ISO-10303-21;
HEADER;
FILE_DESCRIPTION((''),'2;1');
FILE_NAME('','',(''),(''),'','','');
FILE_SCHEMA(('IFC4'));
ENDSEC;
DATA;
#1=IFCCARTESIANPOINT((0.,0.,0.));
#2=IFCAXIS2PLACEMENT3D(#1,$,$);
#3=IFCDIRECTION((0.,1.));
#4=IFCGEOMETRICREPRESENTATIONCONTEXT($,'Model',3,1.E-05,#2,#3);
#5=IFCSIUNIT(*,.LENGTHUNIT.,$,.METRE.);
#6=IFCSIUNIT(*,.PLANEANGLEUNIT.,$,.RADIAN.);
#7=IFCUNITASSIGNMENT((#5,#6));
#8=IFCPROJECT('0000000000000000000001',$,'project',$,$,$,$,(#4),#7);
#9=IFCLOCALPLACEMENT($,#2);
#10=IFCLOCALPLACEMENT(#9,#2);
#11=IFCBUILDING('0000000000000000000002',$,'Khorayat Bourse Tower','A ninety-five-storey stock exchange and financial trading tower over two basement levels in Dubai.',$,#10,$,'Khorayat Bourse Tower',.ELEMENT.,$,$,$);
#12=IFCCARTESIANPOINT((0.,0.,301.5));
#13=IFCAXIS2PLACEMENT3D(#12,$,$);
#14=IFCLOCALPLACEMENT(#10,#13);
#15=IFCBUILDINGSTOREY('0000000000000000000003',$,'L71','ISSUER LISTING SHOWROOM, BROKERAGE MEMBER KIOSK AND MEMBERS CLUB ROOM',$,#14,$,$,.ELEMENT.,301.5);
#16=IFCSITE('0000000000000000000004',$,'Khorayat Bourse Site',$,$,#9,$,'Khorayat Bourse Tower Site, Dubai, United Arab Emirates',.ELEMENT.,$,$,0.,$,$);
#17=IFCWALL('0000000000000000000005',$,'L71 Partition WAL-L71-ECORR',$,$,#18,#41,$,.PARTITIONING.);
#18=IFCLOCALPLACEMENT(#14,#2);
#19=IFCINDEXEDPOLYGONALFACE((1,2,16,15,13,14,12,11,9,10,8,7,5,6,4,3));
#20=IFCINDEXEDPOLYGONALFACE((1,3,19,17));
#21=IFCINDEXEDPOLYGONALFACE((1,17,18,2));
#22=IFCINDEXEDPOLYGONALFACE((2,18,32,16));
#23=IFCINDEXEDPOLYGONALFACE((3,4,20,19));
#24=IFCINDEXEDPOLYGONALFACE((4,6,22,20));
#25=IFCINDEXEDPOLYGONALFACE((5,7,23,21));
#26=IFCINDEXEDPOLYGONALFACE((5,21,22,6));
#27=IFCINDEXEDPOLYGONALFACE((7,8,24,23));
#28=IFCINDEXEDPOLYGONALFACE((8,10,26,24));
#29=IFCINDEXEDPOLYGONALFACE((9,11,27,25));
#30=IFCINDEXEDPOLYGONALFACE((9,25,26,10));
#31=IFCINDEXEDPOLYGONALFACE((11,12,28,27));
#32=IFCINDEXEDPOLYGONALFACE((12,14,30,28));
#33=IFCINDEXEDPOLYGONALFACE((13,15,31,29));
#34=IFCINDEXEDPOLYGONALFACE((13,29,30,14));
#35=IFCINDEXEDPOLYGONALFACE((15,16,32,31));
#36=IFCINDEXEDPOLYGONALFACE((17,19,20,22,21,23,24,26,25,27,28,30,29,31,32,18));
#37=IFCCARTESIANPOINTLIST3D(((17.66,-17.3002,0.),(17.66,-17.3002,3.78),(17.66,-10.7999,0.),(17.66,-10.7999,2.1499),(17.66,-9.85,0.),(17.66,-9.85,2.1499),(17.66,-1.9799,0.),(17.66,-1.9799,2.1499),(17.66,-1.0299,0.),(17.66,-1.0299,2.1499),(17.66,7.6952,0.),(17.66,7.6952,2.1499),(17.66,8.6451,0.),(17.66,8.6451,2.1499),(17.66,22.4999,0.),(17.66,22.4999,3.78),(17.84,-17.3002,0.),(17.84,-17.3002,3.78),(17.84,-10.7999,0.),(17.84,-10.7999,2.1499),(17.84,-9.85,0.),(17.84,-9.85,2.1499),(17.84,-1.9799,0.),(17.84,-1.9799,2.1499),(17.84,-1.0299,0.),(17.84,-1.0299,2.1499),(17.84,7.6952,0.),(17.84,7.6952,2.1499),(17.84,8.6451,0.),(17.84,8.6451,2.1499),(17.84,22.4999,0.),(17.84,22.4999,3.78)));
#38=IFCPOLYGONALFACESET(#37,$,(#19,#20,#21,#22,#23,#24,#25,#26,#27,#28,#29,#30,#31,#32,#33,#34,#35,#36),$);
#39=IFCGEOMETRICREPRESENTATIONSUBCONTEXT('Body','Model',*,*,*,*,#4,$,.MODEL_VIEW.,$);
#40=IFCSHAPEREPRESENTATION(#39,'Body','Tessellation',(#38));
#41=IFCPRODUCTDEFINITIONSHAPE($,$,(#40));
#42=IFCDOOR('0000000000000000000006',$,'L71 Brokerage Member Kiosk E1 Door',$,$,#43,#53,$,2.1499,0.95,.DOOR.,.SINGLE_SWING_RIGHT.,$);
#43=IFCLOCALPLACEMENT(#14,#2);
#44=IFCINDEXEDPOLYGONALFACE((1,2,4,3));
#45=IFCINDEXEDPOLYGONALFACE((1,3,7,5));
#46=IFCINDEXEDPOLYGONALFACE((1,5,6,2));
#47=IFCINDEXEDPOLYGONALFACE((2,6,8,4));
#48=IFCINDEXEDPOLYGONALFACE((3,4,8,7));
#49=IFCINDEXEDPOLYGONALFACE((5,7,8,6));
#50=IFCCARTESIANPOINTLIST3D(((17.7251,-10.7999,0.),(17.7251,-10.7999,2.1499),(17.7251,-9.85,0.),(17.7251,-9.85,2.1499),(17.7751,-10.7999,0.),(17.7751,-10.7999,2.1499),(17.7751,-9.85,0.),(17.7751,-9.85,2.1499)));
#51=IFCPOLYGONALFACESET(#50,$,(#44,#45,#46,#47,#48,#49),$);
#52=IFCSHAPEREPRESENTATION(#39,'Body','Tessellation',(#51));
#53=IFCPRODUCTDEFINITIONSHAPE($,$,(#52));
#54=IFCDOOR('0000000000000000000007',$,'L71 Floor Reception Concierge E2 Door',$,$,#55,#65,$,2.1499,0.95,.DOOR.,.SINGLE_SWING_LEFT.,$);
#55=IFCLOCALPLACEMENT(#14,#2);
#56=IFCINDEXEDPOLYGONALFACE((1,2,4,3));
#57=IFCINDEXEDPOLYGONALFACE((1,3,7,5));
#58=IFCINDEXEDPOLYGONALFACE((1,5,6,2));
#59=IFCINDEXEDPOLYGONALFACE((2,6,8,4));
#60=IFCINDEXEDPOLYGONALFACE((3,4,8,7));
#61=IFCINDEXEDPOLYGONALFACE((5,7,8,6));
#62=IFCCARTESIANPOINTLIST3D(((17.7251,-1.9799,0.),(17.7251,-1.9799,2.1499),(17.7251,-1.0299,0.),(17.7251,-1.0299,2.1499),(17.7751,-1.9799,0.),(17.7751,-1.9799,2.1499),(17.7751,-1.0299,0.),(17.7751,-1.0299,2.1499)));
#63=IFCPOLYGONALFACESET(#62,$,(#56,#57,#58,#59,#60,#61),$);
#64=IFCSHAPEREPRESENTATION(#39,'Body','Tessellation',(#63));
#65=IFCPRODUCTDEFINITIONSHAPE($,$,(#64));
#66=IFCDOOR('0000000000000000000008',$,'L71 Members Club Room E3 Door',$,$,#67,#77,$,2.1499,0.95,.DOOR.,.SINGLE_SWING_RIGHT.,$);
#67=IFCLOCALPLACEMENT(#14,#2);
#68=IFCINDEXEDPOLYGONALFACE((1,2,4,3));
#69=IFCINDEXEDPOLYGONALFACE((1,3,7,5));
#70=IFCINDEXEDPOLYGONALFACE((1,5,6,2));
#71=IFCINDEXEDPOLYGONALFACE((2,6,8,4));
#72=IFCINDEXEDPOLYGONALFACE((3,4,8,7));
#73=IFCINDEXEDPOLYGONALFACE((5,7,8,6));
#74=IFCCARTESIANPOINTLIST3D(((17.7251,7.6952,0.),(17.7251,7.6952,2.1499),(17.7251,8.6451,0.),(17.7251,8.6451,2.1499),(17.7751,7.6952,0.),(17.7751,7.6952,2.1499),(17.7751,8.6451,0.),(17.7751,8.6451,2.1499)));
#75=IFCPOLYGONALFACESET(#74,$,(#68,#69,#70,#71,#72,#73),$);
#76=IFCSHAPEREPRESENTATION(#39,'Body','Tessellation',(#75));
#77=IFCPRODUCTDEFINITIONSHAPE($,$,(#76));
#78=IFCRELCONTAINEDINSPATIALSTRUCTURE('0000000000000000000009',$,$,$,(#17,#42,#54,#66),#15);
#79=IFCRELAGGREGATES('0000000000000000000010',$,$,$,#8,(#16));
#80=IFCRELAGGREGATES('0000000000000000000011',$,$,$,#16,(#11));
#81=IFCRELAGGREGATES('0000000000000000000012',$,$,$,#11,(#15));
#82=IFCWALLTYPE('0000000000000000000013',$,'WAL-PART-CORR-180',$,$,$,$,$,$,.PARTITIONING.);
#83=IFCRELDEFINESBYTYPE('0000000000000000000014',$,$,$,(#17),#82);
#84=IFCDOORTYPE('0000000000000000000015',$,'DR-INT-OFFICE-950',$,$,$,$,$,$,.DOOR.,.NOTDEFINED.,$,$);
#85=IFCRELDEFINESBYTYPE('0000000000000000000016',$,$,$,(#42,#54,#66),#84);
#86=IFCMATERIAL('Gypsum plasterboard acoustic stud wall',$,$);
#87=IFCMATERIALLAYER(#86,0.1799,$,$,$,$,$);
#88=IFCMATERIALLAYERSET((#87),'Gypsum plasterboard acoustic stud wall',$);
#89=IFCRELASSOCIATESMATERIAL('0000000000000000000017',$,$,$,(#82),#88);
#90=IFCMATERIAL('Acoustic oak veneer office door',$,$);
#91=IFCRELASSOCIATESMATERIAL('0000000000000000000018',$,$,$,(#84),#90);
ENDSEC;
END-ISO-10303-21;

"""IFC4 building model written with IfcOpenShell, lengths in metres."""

from ifc_helpers import new_model, si_unit, direction, frame, frame_2d, origin, place, context, subcontext, project, spatial, rectangle, extrude, source, transform, mapped, material, layer, layer_set, type_object, element, fill, save


model = new_model("IFC4")

# Units and contexts
model_context = context("Model", 3, precision=1e-05, world=origin(), true_north=direction((0.0, 1.0)))
body_context = subcontext(model_context, "Body", "Model", "MODEL_VIEW")
ifc_project = project(units=[si_unit("LENGTHUNIT", "METRE"), si_unit("PLANEANGLEUNIT", "RADIAN")], contexts=[model_context])

# Site, building, storey
site_placement = place(None, origin())
site = spatial("IfcSite", under=ifc_project, at=site_placement, Name="Khorayat Bourse Site", LongName="Khorayat Bourse Tower Site, Dubai, United Arab Emirates", CompositionType="ELEMENT", RefElevation=0.0)
building_placement = place(site_placement, origin())
building = spatial("IfcBuilding", under=site, at=building_placement, Name="Khorayat Bourse Tower", Description="A ninety-five-storey stock exchange and financial trading tower over two basement levels in Dubai.", LongName="Khorayat Bourse Tower", CompositionType="ELEMENT")
storey_placement = place(building_placement, frame((0.0, 0.0, 301.5)))
storey = spatial("IfcBuildingStorey", under=building, at=storey_placement, Name="L71", Description="ISSUER LISTING SHOWROOM, BROKERAGE MEMBER KIOSK AND MEMBERS CLUB ROOM", CompositionType="ELEMENT", Elevation=301.5)

# Shared definitions
ifc_material_1 = material(Name="Gypsum plasterboard acoustic stud wall")
ifc_layer_1 = layer(ifc_material_1, 0.1799)
ifc_layer_set_1 = layer_set([ifc_layer_1], Name="Gypsum plasterboard acoustic stud wall")
wall_type_1 = type_object("IfcWallType", Name="WAL-PART-CORR-180", PredefinedType="PARTITIONING", material=ifc_layer_set_1)

# Wall, openings, doors
shared_shape_1 = source(origin(), body_context, "Body", "SweptSolid", [
    extrude(rectangle(XDim=39.8, YDim=0.1799, at=frame_2d((19.8999, 0.0))), origin(), (0.0, 0.0, 1.0), 3.78),
])
wall_1_placement = place(storey_placement, frame((17.75, -17.3, 0.0), z_axis=(0.0, 0.0, 1.0), x_axis=(0.0, 1.0, 0.0)))
wall_1 = element("IfcWall", 1, at=wall_1_placement, inside=storey, type_object=wall_type_1, Name="L71 Partition WAL-L71-ECORR", PredefinedType="PARTITIONING", context=body_context, shape_type="MappedRepresentation", body=[
    mapped(shared_shape_1, transform((0.0, 0.0, 0.0), scale=1.0)),
])
shared_shape_2 = source(origin(), body_context, "Body", "SweptSolid", [
    extrude(rectangle(XDim=0.95, YDim=2.1499, at=frame_2d((0.4751, 1.075))), frame((0.0, 0.0999, 0.0), z_axis=(0.0, -1.0, 0.0), x_axis=(1.0, 0.0, 0.0)), (0.0, 0.0, 1.0), 0.2),
])
opening_1_placement = place(wall_1_placement, frame((6.5, 0.0, 0.0)))
opening_1 = element("IfcOpeningElement", 2, at=opening_1_placement, cuts=wall_1, PredefinedType="OPENING", context=body_context, shape_type="MappedRepresentation", body=[
    mapped(shared_shape_2, transform((0.0, 0.0, 0.0), scale=1.0)),
])
opening_2_placement = place(wall_1_placement, frame((15.3201, 0.0, 0.0)))
opening_2 = element("IfcOpeningElement", 3, at=opening_2_placement, cuts=wall_1, PredefinedType="OPENING", context=body_context, shape_type="MappedRepresentation", body=[
    mapped(shared_shape_2, transform((0.0, 0.0, 0.0), scale=1.0)),
])
opening_3_placement = place(wall_1_placement, frame((24.9951, 0.0, 0.0)))
opening_3 = element("IfcOpeningElement", 4, at=opening_3_placement, cuts=wall_1, PredefinedType="OPENING", context=body_context, shape_type="MappedRepresentation", body=[
    mapped(shared_shape_2, transform((0.0, 0.0, 0.0), scale=1.0)),
])
ifc_material_2 = material(Name="Acoustic oak veneer office door")
door_type_1 = type_object("IfcDoorType", Name="DR-INT-OFFICE-950", OperationType="NOTDEFINED", PredefinedType="DOOR", material=ifc_material_2)
shared_shape_3 = source(origin(), body_context, "Body", "SweptSolid", [
    extrude(rectangle(XDim=0.95, YDim=2.1499, at=frame_2d((0.4751, 1.075))), frame((0.0, 0.0249, 0.0), z_axis=(0.0, -1.0, 0.0), x_axis=(1.0, 0.0, 0.0)), (0.0, 0.0, 1.0), 0.05),
])
door_1_placement = place(opening_1_placement, origin())
door_1 = element("IfcDoor", 5, at=door_1_placement, inside=storey, type_object=door_type_1, Name="L71 Brokerage Member Kiosk E1 Door", OperationType="SINGLE_SWING_RIGHT", OverallHeight=2.1499, OverallWidth=0.95, PredefinedType="DOOR", context=body_context, shape_type="MappedRepresentation", body=[
    mapped(shared_shape_3, transform((0.0, 0.0, 0.0), scale=1.0)),
])
fill(opening_1, door_1)
door_2_placement = place(opening_2_placement, origin())
door_2 = element("IfcDoor", 6, at=door_2_placement, inside=storey, type_object=door_type_1, Name="L71 Floor Reception Concierge E2 Door", OperationType="SINGLE_SWING_LEFT", OverallHeight=2.1499, OverallWidth=0.95, PredefinedType="DOOR", context=body_context, shape_type="MappedRepresentation", body=[
    mapped(shared_shape_3, transform((0.0, 0.0, 0.0), scale=1.0)),
])
fill(opening_2, door_2)
door_3_placement = place(opening_3_placement, origin())
door_3 = element("IfcDoor", 7, at=door_3_placement, inside=storey, type_object=door_type_1, Name="L71 Members Club Room E3 Door", OperationType="SINGLE_SWING_RIGHT", OverallHeight=2.1499, OverallWidth=0.95, PredefinedType="DOOR", context=body_context, shape_type="MappedRepresentation", body=[
    mapped(shared_shape_3, transform((0.0, 0.0, 0.0), scale=1.0)),
])
fill(opening_3, door_3)

save(model, "model.ifc")
